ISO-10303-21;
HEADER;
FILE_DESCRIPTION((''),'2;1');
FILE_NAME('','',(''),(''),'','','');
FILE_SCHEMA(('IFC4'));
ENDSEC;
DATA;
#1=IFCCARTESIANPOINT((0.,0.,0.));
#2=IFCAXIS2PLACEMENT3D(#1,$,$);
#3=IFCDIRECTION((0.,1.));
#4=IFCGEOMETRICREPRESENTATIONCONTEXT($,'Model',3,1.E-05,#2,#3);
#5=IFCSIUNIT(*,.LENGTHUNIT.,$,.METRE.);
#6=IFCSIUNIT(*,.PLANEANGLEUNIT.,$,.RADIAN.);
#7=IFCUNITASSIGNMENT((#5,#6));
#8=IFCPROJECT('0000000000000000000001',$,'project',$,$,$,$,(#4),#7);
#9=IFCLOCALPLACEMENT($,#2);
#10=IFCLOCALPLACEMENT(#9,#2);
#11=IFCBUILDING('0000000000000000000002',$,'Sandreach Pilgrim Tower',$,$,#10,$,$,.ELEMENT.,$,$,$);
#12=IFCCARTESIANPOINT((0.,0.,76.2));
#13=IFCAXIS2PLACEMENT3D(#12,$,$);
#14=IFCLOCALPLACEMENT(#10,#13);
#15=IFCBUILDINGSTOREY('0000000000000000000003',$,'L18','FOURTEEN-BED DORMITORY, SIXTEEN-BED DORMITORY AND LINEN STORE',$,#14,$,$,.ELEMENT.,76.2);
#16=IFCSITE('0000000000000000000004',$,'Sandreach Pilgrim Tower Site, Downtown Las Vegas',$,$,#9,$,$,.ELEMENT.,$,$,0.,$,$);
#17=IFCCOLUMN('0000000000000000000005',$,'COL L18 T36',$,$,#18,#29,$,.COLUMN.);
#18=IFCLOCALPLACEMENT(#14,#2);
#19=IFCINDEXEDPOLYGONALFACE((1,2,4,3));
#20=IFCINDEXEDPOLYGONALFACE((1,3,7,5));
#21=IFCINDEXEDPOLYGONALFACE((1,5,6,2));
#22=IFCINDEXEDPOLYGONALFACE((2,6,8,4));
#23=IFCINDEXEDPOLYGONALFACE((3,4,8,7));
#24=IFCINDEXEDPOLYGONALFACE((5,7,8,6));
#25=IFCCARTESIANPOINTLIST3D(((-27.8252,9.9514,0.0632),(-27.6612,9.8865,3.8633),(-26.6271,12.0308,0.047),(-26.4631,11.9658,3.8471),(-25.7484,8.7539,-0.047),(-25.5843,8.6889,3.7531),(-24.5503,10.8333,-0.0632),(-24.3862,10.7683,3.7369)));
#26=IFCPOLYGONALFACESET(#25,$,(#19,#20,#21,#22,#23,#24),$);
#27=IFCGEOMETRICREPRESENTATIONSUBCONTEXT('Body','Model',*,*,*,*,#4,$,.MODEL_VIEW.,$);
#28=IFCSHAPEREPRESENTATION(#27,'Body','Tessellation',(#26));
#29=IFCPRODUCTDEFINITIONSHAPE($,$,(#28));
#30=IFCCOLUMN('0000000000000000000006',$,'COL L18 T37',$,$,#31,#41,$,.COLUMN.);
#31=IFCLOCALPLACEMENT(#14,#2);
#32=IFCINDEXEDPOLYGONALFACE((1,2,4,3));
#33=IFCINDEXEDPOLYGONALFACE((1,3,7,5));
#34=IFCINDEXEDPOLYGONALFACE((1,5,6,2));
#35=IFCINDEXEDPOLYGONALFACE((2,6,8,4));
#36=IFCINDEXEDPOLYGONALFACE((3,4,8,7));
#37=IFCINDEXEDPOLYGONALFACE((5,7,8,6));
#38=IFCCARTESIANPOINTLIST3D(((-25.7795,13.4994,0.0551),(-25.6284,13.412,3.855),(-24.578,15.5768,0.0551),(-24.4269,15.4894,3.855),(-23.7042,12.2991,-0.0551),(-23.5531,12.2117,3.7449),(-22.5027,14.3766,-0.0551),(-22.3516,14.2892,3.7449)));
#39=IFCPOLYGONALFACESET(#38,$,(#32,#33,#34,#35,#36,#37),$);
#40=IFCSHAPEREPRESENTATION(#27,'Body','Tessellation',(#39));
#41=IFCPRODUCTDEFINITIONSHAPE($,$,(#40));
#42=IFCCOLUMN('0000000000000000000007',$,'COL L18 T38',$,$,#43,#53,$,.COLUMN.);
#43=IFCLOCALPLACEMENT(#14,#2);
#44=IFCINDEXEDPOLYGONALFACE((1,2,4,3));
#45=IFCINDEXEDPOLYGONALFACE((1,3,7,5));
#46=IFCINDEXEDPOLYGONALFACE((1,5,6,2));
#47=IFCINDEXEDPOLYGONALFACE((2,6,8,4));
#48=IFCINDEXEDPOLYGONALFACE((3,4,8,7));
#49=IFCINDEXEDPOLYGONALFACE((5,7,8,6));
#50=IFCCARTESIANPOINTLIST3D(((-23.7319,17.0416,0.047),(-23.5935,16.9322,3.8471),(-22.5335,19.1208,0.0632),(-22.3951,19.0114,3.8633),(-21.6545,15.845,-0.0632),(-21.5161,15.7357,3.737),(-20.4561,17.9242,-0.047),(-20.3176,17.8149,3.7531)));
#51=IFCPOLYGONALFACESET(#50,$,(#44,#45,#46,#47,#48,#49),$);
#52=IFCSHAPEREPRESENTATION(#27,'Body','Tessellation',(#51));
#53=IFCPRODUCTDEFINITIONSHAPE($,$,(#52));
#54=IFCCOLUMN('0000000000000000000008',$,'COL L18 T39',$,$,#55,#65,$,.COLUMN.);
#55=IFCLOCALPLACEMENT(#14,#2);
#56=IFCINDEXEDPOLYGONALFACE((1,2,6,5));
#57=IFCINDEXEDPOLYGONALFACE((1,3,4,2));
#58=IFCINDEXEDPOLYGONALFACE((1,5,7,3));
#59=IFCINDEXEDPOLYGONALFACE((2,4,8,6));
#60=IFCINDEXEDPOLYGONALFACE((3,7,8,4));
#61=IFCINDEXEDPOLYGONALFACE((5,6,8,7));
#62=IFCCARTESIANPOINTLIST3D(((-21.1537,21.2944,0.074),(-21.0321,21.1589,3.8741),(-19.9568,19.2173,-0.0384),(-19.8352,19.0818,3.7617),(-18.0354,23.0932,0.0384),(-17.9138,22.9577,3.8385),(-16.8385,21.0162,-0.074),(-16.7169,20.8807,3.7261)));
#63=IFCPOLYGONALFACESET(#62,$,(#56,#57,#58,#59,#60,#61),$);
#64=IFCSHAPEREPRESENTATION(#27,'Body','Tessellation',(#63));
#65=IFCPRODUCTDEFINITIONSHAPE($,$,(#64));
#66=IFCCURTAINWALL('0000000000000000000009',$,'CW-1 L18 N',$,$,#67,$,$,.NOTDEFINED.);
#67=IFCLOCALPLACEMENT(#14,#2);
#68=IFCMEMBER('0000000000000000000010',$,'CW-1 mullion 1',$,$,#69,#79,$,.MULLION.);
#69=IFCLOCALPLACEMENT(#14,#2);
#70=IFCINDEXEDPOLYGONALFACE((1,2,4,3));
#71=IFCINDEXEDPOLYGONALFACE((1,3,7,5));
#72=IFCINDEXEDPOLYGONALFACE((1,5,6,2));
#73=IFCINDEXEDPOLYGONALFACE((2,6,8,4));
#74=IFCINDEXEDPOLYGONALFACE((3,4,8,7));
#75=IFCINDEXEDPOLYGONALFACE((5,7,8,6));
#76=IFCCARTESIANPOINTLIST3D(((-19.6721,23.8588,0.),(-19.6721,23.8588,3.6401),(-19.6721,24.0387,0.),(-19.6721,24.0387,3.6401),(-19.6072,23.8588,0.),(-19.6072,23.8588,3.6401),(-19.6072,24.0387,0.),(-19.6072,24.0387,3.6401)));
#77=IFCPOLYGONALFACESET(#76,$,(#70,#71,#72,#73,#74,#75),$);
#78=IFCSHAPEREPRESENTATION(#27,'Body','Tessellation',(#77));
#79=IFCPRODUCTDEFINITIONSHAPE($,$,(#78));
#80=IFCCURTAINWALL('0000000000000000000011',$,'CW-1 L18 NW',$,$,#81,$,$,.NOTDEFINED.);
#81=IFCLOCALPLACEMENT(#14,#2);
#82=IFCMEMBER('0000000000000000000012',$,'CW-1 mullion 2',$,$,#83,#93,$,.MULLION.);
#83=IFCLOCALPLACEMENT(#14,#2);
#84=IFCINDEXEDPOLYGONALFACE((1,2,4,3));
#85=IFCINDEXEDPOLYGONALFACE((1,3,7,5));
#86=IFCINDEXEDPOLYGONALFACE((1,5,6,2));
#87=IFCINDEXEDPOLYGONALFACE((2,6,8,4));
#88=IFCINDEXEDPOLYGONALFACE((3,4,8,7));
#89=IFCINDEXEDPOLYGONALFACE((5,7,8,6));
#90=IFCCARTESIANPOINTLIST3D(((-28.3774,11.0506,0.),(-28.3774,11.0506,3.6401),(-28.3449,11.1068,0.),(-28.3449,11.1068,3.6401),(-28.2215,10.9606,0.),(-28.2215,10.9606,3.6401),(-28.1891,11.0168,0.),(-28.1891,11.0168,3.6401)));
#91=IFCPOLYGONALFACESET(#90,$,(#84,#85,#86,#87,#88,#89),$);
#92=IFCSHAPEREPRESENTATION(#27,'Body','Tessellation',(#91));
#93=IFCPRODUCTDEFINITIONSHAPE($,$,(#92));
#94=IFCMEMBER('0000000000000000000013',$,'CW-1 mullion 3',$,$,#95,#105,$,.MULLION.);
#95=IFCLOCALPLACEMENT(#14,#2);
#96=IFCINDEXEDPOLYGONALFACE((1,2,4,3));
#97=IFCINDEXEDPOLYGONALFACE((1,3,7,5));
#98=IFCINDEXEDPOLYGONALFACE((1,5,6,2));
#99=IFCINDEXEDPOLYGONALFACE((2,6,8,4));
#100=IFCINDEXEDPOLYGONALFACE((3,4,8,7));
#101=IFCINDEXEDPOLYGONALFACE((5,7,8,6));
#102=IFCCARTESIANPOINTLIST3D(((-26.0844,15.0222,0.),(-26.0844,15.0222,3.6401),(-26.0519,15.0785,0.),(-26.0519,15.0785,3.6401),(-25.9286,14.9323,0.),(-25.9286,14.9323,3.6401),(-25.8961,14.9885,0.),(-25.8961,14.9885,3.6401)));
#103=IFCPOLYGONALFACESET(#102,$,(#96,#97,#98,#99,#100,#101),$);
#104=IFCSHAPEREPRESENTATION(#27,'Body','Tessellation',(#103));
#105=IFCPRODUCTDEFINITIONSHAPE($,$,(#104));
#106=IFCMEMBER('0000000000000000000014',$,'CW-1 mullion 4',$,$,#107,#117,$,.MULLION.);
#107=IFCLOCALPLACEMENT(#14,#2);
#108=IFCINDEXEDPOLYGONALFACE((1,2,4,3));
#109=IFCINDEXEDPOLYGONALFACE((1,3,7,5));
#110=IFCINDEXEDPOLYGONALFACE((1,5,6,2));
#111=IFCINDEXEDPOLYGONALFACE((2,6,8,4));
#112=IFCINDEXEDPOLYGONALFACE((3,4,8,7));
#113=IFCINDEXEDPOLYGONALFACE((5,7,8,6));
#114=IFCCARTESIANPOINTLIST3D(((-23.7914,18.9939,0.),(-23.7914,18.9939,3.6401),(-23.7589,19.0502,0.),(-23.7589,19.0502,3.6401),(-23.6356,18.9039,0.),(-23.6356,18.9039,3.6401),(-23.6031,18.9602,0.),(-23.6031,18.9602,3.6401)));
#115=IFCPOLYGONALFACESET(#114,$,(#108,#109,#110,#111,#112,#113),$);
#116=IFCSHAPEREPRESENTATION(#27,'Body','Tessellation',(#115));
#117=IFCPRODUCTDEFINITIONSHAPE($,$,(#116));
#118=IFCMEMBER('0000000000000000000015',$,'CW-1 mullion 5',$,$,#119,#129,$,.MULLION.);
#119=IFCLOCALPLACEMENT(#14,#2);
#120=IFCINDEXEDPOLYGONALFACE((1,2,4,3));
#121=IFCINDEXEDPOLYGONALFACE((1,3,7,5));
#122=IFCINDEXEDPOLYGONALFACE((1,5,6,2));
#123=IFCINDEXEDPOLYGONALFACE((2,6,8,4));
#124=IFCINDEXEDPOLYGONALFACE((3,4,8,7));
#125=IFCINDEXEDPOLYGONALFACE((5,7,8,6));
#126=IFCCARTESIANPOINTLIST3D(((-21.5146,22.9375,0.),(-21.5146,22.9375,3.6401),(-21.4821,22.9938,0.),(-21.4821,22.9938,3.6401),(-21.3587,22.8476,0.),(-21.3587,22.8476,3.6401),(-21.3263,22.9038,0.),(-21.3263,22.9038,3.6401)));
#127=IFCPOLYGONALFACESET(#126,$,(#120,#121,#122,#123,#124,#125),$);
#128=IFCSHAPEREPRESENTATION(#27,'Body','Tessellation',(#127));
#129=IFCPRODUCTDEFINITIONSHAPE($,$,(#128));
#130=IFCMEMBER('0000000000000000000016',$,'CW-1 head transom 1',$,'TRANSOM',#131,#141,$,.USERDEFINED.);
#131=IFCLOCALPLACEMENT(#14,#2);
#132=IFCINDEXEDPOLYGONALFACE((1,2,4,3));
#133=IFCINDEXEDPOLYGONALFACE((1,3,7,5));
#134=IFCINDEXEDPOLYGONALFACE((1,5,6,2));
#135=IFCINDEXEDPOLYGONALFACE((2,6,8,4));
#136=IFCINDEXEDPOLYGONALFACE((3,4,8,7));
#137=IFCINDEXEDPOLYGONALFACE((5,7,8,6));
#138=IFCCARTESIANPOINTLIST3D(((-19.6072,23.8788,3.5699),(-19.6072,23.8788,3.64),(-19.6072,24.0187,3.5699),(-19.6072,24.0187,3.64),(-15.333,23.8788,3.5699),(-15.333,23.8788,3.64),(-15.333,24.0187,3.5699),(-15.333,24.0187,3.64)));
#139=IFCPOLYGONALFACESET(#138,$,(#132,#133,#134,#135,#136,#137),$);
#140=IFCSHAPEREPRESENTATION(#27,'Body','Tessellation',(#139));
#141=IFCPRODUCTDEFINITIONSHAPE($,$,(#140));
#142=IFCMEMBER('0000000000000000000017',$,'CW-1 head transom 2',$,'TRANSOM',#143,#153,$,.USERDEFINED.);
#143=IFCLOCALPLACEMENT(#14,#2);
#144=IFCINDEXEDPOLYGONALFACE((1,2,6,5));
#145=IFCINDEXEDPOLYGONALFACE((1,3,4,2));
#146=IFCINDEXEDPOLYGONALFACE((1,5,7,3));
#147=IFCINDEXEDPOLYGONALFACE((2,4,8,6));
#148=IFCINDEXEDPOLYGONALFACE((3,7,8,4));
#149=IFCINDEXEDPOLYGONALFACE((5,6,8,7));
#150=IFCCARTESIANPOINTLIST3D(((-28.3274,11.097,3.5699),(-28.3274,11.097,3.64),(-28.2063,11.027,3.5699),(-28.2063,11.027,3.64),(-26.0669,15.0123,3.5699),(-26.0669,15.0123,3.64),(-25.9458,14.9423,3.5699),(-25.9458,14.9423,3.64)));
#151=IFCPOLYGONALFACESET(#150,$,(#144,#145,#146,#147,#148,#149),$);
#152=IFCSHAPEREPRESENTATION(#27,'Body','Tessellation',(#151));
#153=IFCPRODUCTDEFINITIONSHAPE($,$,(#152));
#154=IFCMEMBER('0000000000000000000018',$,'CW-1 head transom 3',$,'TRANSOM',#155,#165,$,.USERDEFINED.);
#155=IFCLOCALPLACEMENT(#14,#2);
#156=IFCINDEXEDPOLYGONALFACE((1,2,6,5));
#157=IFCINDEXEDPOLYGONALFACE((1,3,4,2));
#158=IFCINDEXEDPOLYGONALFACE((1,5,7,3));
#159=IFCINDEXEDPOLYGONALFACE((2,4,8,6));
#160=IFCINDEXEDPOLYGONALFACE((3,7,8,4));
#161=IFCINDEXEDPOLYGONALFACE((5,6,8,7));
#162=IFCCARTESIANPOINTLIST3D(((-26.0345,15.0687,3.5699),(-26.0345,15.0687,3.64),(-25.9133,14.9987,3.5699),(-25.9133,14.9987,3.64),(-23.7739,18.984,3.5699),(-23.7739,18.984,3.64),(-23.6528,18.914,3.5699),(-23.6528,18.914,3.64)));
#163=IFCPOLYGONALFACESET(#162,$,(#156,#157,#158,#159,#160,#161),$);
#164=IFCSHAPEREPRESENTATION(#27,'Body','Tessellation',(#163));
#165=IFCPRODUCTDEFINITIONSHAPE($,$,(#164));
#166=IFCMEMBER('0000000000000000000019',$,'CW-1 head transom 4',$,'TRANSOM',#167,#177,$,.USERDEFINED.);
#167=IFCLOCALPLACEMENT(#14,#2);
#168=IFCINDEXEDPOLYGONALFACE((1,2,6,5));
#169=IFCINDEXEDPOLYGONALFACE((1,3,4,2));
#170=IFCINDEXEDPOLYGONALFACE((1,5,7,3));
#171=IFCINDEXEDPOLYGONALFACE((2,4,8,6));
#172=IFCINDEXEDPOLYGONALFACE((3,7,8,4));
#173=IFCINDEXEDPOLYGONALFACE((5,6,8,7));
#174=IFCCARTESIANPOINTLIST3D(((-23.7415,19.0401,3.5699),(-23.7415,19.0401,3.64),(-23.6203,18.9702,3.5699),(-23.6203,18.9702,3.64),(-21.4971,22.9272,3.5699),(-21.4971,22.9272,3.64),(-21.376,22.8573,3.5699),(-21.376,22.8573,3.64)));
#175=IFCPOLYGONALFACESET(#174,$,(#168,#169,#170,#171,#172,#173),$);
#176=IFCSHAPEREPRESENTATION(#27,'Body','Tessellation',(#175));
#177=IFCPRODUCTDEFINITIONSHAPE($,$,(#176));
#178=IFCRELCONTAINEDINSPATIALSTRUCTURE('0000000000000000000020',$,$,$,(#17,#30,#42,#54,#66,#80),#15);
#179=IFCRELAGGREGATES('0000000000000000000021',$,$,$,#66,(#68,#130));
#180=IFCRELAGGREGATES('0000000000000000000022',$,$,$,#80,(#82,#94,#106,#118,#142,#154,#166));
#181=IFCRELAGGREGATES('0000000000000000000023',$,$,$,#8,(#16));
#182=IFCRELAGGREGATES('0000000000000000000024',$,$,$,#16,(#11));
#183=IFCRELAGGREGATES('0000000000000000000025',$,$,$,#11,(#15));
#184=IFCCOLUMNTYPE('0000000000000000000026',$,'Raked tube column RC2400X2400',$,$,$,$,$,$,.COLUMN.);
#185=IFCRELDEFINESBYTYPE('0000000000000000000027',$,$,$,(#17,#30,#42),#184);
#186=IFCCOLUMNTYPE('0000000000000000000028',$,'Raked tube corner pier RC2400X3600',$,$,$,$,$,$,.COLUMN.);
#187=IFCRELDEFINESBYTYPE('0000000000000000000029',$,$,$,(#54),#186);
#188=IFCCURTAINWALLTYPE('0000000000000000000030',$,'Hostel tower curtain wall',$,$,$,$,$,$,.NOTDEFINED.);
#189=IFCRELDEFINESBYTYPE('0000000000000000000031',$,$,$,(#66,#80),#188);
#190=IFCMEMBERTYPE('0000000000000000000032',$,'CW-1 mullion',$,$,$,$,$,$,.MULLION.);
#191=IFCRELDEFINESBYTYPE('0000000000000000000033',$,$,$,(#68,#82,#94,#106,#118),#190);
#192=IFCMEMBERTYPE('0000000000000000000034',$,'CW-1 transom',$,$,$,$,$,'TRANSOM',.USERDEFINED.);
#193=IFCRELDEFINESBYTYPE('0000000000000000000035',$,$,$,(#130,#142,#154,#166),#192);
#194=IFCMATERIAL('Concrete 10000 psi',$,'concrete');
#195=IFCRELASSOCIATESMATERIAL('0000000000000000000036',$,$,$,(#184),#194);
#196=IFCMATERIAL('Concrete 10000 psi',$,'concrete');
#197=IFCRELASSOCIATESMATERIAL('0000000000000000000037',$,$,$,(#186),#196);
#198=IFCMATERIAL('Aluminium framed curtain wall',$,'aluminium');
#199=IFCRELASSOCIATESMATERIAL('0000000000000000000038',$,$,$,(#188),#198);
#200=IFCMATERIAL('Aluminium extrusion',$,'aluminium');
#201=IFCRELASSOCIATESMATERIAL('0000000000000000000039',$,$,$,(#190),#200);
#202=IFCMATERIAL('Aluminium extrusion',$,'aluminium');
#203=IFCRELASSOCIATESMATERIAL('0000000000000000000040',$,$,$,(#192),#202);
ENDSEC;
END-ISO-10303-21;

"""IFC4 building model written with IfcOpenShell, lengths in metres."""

from ifc_helpers import new_model, si_unit, direction, frame, origin, origin_2d, place, context, subcontext, project, spatial, rectangle, extrude, material, material_profile, profile_set, type_object, element, aggregate, save


model = new_model("IFC4")

# Units and contexts
model_context = context("Model", 3, precision=1e-05, world=origin(), true_north=direction((0.0, 1.0)))
body_context = subcontext(model_context, "Body", "Model", "MODEL_VIEW")
ifc_project = project(units=[si_unit("LENGTHUNIT", "METRE"), si_unit("PLANEANGLEUNIT", "RADIAN")], contexts=[model_context])

# Site, building, storey
site_placement = place(None, origin())
site = spatial("IfcSite", under=ifc_project, at=site_placement, Name="Sandreach Pilgrim Tower Site, Downtown Las Vegas", CompositionType="ELEMENT", RefElevation=0.0)
building_placement = place(site_placement, origin())
building = spatial("IfcBuilding", under=site, at=building_placement, Name="Sandreach Pilgrim Tower", CompositionType="ELEMENT")
storey_placement = place(building_placement, frame((0.0, 0.0, 76.2)))
storey = spatial("IfcBuildingStorey", under=building, at=storey_placement, Name="L18", Description="FOURTEEN-BED DORMITORY, SIXTEEN-BED DORMITORY AND LINEN STORE", CompositionType="ELEMENT", Elevation=76.2)

# Columns
ifc_material_1 = material(Name="Concrete 10000 psi", Category="concrete")
ifc_material_profile_1 = material_profile(ifc_material_1, rectangle(XDim=2.3999, YDim=2.3999, at=origin_2d()), Name="RC2400X2400")
ifc_profile_set_1 = profile_set([ifc_material_profile_1], Name="Concrete 10000 psi")
column_type_1 = type_object("IfcColumnType", Name="Raked tube column RC2400X2400", PredefinedType="COLUMN", material=ifc_profile_set_1)
column_1_placement = place(storey_placement, frame((-26.1877, 10.3923, 0.0), z_axis=(0.043127, -0.017071, 0.998924), x_axis=(-0.865394, 0.498986, 0.04589)))
element("IfcColumn", 1, at=column_1_placement, inside=storey, type_object=column_type_1, Name="COL L18 T36", PredefinedType="COLUMN", context=body_context, shape_type="SweptSolid", body=[
    extrude(rectangle(XDim=2.3999, YDim=2.3999, at=origin_2d()), origin(), (0.0, 0.0, 1.0), 3.8042),
])
column_2_placement = place(storey_placement, frame((-24.1411, 13.938, 0.0), z_axis=(0.039727, -0.022976, 0.998946), x_axis=(-0.864738, 0.500123, 0.045892)))
element("IfcColumn", 2, at=column_2_placement, inside=storey, type_object=column_type_1, Name="COL L18 T37", PredefinedType="COLUMN", context=body_context, shape_type="SweptSolid", body=[
    extrude(rectangle(XDim=2.3999, YDim=2.3999, at=origin_2d()), origin(), (0.0, 0.0, 1.0), 3.804),
])
column_3_placement = place(storey_placement, frame((-22.094, 17.4829, 0.0), z_axis=(0.036389, -0.028752, 0.998924), x_axis=(-0.86563, 0.498577, 0.045883)))
element("IfcColumn", 3, at=column_3_placement, inside=storey, type_object=column_type_1, Name="COL L18 T38", PredefinedType="COLUMN", context=body_context, shape_type="SweptSolid", body=[
    extrude(rectangle(XDim=2.3999, YDim=2.3999, at=origin_2d()), origin(), (0.0, 0.0, 1.0), 3.8042),
])
ifc_material_2 = material(Name="Concrete 10000 psi", Category="concrete")
ifc_material_profile_2 = material_profile(ifc_material_2, rectangle(XDim=2.3999, YDim=3.6001, at=origin_2d()), Name="RC2400X3600")
ifc_profile_set_2 = profile_set([ifc_material_profile_2], Name="Concrete 10000 psi")
column_type_2 = type_object("IfcColumnType", Name="Raked tube corner pier RC2400X3600", PredefinedType="COLUMN", material=ifc_profile_set_2)
column_4_placement = place(storey_placement, frame((-18.9961, 21.1553, 0.0), z_axis=(0.031958, -0.035616, 0.998854), x_axis=(-0.498743, 0.865485, 0.046818)))
element("IfcColumn", 4, at=column_4_placement, inside=storey, type_object=column_type_2, Name="COL L18 T39", PredefinedType="COLUMN", context=body_context, shape_type="SweptSolid", body=[
    extrude(rectangle(XDim=2.3999, YDim=3.6001, at=origin_2d()), origin(), (0.0, 0.0, 1.0), 3.8044),
])

# Curtain wall, member
ifc_material_3 = material(Name="Aluminium framed curtain wall", Category="aluminium")
curtain_wall_type = type_object("IfcCurtainWallType", Name="Hostel tower curtain wall", PredefinedType="NOTDEFINED", material=ifc_material_3)
curtain_wall_1_placement = place(storey_placement, origin())
curtain_wall_1 = element("IfcCurtainWall", 5, at=curtain_wall_1_placement, inside=storey, type_object=curtain_wall_type, Name="CW-1 L18 N", PredefinedType="NOTDEFINED")
ifc_material_4 = material(Name="Aluminium extrusion", Category="aluminium")
ifc_material_profile_3 = material_profile(ifc_material_4, rectangle(XDim=0.0649, YDim=0.1799, at=origin_2d()), Name="CW-1M 65X180")
ifc_profile_set_3 = profile_set([ifc_material_profile_3], Name="Aluminium extrusion")
member_type_1 = type_object("IfcMemberType", Name="CW-1 mullion", PredefinedType="MULLION", material=ifc_profile_set_3)
member_1_placement = place(storey_placement, frame((-19.6396, 23.9487, 0.0), z_axis=(0.0, 0.0, 1.0), x_axis=(1.0, 0.0, 0.0)))
member_1 = element("IfcMember", 6, at=member_1_placement, type_object=member_type_1, Name="CW-1 mullion 1", PredefinedType="MULLION", context=body_context, shape_type="SweptSolid", body=[
    extrude(rectangle(XDim=0.0649, YDim=0.1799, at=origin_2d()), origin(), (0.0, 0.0, 1.0), 3.6401),
])

# Curtain wall, members
curtain_wall_2_placement = place(storey_placement, origin())
curtain_wall_2 = element("IfcCurtainWall", 7, at=curtain_wall_2_placement, inside=storey, type_object=curtain_wall_type, Name="CW-1 L18 NW", PredefinedType="NOTDEFINED")
member_2_placement = place(storey_placement, frame((-28.2832, 11.0337, 0.0), z_axis=(0.0, 0.0, 1.0), x_axis=(0.5, 0.866025, 0.0)))
member_2 = element("IfcMember", 8, at=member_2_placement, type_object=member_type_1, Name="CW-1 mullion 2", PredefinedType="MULLION", context=body_context, shape_type="SweptSolid", body=[
    extrude(rectangle(XDim=0.0649, YDim=0.1799, at=origin_2d()), origin(), (0.0, 0.0, 1.0), 3.6401),
])
member_3_placement = place(storey_placement, frame((-25.9902, 15.0054, 0.0), z_axis=(0.0, 0.0, 1.0), x_axis=(0.5, 0.866025, 0.0)))
member_3 = element("IfcMember", 9, at=member_3_placement, type_object=member_type_1, Name="CW-1 mullion 3", PredefinedType="MULLION", context=body_context, shape_type="SweptSolid", body=[
    extrude(rectangle(XDim=0.0649, YDim=0.1799, at=origin_2d()), origin(), (0.0, 0.0, 1.0), 3.6401),
])
member_4_placement = place(storey_placement, frame((-23.6973, 18.9771, 0.0), z_axis=(0.0, 0.0, 1.0), x_axis=(0.5, 0.866025, 0.0)))
member_4 = element("IfcMember", 10, at=member_4_placement, type_object=member_type_1, Name="CW-1 mullion 4", PredefinedType="MULLION", context=body_context, shape_type="SweptSolid", body=[
    extrude(rectangle(XDim=0.0649, YDim=0.1799, at=origin_2d()), origin(), (0.0, 0.0, 1.0), 3.6401),
])
member_5_placement = place(storey_placement, frame((-21.4204, 22.9207, 0.0), z_axis=(0.0, 0.0, 1.0), x_axis=(0.5, 0.866025, 0.0)))
member_5 = element("IfcMember", 11, at=member_5_placement, type_object=member_type_1, Name="CW-1 mullion 5", PredefinedType="MULLION", context=body_context, shape_type="SweptSolid", body=[
    extrude(rectangle(XDim=0.0649, YDim=0.1799, at=origin_2d()), origin(), (0.0, 0.0, 1.0), 3.6401),
])

# Members
ifc_material_5 = material(Name="Aluminium extrusion", Category="aluminium")
ifc_material_profile_4 = material_profile(ifc_material_5, rectangle(XDim=0.1399, YDim=0.0701, at=origin_2d()), Name="CW-1T 140X70")
ifc_profile_set_4 = profile_set([ifc_material_profile_4], Name="Aluminium extrusion")
member_type_2 = type_object("IfcMemberType", Name="CW-1 transom", ElementType="TRANSOM", PredefinedType="USERDEFINED", material=ifc_profile_set_4)
member_6_placement = place(storey_placement, frame((-19.6072, 23.9487, 3.605), z_axis=(1.0, 0.0, 0.0), x_axis=(0.0, 1.0, 0.0)))
member_6 = element("IfcMember", 12, at=member_6_placement, type_object=member_type_2, Name="CW-1 head transom 1", ObjectType="TRANSOM", PredefinedType="USERDEFINED", context=body_context, shape_type="SweptSolid", body=[
    extrude(rectangle(XDim=0.1399, YDim=0.0701, at=origin_2d()), origin(), (0.0, 0.0, 1.0), 4.2742),
])
aggregate(curtain_wall_1, [member_1, member_6])
member_7_placement = place(storey_placement, frame((-28.2668, 11.062, 3.605), z_axis=(0.500001, 0.866025, 0.0), x_axis=(-0.866025, 0.500001, 0.0)))
member_7 = element("IfcMember", 13, at=member_7_placement, type_object=member_type_2, Name="CW-1 head transom 2", ObjectType="TRANSOM", PredefinedType="USERDEFINED", context=body_context, shape_type="SweptSolid", body=[
    extrude(rectangle(XDim=0.1399, YDim=0.0701, at=origin_2d()), origin(), (0.0, 0.0, 1.0), 4.521),
])
member_8_placement = place(storey_placement, frame((-25.9739, 15.0337, 3.605), z_axis=(0.500001, 0.866025, 0.0), x_axis=(-0.866025, 0.500001, 0.0)))
member_8 = element("IfcMember", 14, at=member_8_placement, type_object=member_type_2, Name="CW-1 head transom 3", ObjectType="TRANSOM", PredefinedType="USERDEFINED", context=body_context, shape_type="SweptSolid", body=[
    extrude(rectangle(XDim=0.1399, YDim=0.0701, at=origin_2d()), origin(), (0.0, 0.0, 1.0), 4.521),
])
member_9_placement = place(storey_placement, frame((-23.6809, 19.0051, 3.605), z_axis=(0.500018, 0.866015, 0.0), x_axis=(-0.866015, 0.500018, 0.0)))
member_9 = element("IfcMember", 15, at=member_9_placement, type_object=member_type_2, Name="CW-1 head transom 4", ObjectType="TRANSOM", PredefinedType="USERDEFINED", context=body_context, shape_type="SweptSolid", body=[
    extrude(rectangle(XDim=0.1399, YDim=0.0701, at=origin_2d()), origin(), (0.0, 0.0, 1.0), 4.4885),
])

aggregate(curtain_wall_2, [member_2, member_3, member_4, member_5, member_7, member_8, member_9])

save(model, "model.ifc")
